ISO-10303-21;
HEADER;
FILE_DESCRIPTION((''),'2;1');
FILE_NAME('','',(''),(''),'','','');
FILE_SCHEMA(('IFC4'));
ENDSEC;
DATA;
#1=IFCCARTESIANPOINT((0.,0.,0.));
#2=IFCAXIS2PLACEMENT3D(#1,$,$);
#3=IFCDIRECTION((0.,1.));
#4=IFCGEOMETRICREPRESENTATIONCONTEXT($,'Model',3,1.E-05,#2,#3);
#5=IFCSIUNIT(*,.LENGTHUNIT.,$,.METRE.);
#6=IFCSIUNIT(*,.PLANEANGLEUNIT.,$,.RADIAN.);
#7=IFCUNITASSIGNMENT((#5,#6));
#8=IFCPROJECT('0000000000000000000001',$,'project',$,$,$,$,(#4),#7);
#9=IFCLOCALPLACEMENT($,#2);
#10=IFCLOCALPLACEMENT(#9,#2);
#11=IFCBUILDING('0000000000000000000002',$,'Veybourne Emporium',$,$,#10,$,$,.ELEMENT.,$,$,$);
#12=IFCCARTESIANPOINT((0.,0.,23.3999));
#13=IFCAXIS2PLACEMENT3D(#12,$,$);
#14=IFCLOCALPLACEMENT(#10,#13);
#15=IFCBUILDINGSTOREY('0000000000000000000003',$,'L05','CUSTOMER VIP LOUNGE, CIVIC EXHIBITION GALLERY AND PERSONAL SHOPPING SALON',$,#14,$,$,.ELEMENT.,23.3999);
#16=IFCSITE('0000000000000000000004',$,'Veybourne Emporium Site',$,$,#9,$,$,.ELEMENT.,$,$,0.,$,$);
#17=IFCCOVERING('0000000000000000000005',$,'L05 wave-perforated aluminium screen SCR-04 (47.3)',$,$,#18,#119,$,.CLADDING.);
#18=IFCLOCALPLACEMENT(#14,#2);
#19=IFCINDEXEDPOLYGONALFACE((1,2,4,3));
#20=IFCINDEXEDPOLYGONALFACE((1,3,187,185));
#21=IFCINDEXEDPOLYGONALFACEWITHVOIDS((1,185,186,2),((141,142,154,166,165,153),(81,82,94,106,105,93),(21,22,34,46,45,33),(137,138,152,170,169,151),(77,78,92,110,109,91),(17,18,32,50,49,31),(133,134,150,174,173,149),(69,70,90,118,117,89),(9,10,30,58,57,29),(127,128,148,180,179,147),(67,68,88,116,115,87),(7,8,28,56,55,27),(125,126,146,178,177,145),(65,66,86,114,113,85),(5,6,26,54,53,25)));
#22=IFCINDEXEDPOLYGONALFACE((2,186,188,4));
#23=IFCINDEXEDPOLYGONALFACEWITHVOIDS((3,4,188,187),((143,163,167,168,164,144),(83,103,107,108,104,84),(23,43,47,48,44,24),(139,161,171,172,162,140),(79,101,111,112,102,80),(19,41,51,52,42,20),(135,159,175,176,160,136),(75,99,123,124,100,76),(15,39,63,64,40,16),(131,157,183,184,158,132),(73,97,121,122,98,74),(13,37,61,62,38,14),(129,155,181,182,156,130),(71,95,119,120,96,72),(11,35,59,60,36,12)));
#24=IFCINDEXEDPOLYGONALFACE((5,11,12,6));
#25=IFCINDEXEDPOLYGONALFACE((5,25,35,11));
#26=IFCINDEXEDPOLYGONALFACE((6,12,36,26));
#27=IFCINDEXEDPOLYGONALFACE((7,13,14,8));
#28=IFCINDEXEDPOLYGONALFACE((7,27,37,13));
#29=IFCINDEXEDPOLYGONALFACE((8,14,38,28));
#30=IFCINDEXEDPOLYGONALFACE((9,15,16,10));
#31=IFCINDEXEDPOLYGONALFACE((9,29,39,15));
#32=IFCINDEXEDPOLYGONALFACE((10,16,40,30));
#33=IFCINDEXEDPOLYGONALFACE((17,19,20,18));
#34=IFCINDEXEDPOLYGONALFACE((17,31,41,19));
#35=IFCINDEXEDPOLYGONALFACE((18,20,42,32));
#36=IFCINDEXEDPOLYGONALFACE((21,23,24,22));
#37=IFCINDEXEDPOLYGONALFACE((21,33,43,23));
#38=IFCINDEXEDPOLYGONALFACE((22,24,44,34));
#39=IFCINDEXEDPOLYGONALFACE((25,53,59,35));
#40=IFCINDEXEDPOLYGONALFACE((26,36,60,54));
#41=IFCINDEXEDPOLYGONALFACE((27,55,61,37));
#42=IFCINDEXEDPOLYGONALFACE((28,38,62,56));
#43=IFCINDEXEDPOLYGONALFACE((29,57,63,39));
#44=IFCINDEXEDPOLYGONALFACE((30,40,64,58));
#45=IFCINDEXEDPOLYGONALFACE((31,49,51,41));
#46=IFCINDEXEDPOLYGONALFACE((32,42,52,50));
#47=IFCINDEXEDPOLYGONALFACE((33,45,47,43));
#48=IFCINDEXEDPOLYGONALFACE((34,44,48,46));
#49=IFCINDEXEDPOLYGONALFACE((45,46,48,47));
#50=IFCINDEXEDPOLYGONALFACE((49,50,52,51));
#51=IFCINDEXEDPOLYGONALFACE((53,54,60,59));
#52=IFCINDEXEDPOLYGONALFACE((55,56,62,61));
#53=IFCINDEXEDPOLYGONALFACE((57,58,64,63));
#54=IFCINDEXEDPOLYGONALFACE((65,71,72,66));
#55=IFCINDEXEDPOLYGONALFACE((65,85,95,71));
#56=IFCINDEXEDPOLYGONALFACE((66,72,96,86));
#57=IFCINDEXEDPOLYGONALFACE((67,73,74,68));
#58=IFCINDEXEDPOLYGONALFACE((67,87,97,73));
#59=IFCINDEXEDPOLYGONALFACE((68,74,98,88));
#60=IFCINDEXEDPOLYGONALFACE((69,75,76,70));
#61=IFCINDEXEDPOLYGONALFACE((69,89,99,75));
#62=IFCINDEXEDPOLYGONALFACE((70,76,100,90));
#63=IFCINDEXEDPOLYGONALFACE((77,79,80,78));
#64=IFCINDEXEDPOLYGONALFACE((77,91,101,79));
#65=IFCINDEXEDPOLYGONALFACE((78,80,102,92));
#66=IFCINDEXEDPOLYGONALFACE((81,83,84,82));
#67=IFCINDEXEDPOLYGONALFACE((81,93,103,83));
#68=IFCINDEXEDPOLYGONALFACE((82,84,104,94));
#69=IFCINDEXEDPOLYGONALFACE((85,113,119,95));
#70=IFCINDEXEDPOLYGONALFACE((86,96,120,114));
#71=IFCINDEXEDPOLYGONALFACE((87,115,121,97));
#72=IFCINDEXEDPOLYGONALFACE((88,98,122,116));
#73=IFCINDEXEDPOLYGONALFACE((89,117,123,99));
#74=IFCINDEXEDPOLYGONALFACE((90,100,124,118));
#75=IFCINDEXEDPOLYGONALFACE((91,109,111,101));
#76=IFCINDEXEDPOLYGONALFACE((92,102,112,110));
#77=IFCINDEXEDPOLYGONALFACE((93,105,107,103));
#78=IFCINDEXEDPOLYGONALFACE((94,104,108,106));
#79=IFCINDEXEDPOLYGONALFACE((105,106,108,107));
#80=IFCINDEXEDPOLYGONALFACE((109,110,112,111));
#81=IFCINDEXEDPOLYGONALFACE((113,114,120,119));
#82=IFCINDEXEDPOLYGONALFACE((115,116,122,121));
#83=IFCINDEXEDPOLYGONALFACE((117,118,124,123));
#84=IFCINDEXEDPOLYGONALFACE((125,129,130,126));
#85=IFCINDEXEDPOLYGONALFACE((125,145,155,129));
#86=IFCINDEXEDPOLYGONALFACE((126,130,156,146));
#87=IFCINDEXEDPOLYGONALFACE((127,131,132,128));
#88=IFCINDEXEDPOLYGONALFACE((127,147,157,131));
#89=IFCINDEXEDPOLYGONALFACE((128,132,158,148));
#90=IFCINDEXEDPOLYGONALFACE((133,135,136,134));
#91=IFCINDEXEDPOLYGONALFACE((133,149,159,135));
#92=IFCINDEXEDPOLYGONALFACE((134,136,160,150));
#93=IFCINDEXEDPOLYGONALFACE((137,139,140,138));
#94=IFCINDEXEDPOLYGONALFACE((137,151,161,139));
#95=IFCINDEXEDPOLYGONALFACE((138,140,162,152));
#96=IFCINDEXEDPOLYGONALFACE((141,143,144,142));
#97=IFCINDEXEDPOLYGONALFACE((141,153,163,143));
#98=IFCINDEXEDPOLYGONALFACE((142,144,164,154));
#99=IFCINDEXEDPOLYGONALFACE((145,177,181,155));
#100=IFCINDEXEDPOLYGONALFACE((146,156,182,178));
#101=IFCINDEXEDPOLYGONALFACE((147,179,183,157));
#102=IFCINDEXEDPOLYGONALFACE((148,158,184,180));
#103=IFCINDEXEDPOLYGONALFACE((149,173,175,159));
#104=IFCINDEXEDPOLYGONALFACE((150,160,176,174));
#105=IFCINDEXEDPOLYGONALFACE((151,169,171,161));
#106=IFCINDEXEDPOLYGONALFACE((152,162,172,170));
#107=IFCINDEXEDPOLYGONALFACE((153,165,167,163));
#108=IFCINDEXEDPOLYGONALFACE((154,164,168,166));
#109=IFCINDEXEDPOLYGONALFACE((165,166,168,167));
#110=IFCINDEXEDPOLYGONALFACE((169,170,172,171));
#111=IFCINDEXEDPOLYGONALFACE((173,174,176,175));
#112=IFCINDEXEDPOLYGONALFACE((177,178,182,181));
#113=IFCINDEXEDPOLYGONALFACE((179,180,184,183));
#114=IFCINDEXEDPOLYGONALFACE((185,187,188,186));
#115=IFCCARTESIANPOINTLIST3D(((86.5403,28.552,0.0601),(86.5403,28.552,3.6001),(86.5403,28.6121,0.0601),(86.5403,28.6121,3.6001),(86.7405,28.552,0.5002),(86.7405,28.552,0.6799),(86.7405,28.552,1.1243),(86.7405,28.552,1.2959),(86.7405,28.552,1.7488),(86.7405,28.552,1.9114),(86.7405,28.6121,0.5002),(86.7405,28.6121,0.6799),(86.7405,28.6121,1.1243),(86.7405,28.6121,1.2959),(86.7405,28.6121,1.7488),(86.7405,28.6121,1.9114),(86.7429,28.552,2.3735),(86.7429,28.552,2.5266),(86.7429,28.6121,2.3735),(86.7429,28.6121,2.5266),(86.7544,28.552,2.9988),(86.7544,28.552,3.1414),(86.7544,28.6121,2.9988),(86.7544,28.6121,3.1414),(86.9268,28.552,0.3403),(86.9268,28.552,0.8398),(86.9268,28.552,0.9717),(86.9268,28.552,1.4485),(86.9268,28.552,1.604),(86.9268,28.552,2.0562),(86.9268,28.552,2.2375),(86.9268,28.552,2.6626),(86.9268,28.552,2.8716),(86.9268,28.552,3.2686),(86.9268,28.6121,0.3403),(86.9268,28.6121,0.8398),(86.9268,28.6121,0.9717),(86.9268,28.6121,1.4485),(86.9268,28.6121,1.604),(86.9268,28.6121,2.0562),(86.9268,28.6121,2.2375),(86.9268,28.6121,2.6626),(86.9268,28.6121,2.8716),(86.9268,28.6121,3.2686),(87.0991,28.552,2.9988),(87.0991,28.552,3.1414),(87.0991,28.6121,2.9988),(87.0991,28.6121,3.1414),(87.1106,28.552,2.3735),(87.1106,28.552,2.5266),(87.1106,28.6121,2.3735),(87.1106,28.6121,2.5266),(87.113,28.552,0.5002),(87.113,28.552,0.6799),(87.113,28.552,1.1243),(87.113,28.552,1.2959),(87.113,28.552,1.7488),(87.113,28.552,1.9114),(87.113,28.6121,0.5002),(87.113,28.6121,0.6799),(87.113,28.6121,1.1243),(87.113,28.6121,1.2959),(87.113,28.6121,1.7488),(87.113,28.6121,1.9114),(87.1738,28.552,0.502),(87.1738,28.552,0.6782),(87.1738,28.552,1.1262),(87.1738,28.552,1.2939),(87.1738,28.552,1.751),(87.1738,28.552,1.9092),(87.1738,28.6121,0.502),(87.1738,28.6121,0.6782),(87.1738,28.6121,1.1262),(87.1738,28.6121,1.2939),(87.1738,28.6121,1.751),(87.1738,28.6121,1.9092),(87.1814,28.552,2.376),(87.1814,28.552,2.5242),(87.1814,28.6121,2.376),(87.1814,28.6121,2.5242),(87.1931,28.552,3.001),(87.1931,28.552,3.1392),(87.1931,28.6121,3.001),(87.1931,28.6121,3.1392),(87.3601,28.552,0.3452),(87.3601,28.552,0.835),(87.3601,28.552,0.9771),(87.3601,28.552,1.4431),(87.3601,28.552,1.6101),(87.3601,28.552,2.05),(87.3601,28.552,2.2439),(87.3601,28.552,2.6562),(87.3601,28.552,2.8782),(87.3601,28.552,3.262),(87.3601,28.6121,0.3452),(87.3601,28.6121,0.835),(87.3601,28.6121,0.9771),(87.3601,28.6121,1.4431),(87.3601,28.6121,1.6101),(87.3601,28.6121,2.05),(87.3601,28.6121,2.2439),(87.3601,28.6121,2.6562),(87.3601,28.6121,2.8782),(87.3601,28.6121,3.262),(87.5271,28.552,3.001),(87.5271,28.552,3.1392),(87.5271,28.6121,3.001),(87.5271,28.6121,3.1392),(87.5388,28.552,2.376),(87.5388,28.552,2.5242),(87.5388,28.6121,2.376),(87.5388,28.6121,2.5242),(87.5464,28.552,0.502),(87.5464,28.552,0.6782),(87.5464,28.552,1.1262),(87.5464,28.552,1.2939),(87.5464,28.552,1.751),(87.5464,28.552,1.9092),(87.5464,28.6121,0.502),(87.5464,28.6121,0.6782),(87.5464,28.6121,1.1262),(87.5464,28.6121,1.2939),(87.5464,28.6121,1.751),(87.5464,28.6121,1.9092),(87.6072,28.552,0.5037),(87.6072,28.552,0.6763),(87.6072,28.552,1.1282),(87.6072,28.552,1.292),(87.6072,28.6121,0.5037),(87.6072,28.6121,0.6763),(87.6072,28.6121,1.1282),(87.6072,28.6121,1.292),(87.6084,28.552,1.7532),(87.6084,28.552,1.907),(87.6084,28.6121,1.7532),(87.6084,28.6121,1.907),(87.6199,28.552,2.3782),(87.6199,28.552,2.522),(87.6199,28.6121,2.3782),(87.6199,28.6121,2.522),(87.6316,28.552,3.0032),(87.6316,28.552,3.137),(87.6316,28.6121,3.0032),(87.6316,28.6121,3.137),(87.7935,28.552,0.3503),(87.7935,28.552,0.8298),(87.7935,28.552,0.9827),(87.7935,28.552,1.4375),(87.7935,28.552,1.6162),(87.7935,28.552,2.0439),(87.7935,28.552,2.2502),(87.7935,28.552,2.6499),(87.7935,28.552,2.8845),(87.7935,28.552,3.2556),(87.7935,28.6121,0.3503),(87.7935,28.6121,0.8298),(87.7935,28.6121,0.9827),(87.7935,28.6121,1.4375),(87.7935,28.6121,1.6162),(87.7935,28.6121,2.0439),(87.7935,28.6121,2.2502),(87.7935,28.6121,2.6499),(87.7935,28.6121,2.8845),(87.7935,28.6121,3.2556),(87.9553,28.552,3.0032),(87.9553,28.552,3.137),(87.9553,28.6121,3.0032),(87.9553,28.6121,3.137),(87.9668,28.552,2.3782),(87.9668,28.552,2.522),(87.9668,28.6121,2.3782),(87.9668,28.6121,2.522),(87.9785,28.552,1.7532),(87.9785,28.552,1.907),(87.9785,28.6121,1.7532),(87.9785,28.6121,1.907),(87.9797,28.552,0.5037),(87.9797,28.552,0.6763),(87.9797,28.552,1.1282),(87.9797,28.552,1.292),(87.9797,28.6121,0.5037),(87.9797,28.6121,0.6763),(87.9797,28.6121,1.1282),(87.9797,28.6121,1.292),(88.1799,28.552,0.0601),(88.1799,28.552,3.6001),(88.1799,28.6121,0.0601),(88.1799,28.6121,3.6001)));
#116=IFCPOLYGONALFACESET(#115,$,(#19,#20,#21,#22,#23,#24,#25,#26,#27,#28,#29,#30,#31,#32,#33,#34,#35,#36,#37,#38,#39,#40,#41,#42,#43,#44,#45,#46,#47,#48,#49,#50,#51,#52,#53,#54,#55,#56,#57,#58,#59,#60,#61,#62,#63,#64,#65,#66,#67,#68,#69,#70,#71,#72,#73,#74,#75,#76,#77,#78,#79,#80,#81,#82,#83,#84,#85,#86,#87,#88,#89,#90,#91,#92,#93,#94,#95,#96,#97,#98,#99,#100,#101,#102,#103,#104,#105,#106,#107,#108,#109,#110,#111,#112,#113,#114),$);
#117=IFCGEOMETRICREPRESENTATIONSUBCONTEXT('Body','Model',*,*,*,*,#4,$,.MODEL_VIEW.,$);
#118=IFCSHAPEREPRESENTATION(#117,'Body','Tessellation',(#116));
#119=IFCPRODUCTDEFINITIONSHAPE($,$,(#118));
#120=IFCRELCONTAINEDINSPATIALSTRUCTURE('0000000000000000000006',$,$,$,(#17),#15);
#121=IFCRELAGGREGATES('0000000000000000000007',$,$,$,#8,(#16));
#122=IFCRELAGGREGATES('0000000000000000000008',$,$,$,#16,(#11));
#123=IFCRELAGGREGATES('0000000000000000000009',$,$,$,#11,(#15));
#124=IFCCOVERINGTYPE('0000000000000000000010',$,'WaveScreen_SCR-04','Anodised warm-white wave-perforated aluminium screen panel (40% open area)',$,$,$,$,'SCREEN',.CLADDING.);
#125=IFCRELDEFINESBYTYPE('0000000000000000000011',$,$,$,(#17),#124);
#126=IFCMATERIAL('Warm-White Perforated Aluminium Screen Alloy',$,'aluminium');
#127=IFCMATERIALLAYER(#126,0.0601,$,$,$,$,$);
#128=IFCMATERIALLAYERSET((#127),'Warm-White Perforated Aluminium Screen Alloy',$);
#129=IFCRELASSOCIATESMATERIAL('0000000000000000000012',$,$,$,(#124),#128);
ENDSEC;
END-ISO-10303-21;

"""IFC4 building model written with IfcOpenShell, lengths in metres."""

from ifc_helpers import new_model, si_unit, direction, frame, origin, place, context, subcontext, project, spatial, polyline, outline, extrude, material, layer, layer_set, type_object, element, save


model = new_model("IFC4")

# Units and contexts
model_context = context("Model", 3, precision=1e-05, world=origin(), true_north=direction((0.0, 1.0)))
body_context = subcontext(model_context, "Body", "Model", "MODEL_VIEW")
ifc_project = project(units=[si_unit("LENGTHUNIT", "METRE"), si_unit("PLANEANGLEUNIT", "RADIAN")], contexts=[model_context])

# Site, building, storey
site_placement = place(None, origin())
site = spatial("IfcSite", under=ifc_project, at=site_placement, Name="Veybourne Emporium Site", CompositionType="ELEMENT", RefElevation=0.0)
building_placement = place(site_placement, origin())
building = spatial("IfcBuilding", under=site, at=building_placement, Name="Veybourne Emporium", CompositionType="ELEMENT")
storey_placement = place(building_placement, frame((0.0, 0.0, 23.3999)))
storey = spatial("IfcBuildingStorey", under=building, at=storey_placement, Name="L05", Description="CUSTOMER VIP LOUNGE, CIVIC EXHIBITION GALLERY AND PERSONAL SHOPPING SALON", CompositionType="ELEMENT", Elevation=23.3999)

# Covering
ifc_material_1 = material(Name="Warm-White Perforated Aluminium Screen Alloy", Category="aluminium")
ifc_layer_1 = layer(ifc_material_1, 0.0601)
ifc_layer_set_1 = layer_set([ifc_layer_1], Name="Warm-White Perforated Aluminium Screen Alloy")
covering_type_1 = type_object("IfcCoveringType", Name="WaveScreen_SCR-04", Description="Anodised warm-white wave-perforated aluminium screen panel (40% open area)", ElementType="SCREEN", PredefinedType="CLADDING", material=ifc_layer_set_1)
covering_1_placement = place(storey_placement, frame((87.3601, 28.552, 1.8301), z_axis=(0.0, 1.0, 0.0), x_axis=(-1.0, 0.0, 0.0)))
element("IfcCovering", 1, at=covering_1_placement, inside=storey, type_object=covering_type_1, Name="L05 wave-perforated aluminium screen SCR-04 (47.3)", PredefinedType="CLADDING", context=body_context, shape_type="SweptSolid", body=[
    extrude(outline(polyline([(-0.8198, -1.77), (0.8198, -1.77), (0.8198, 1.77), (-0.8198, 1.77), (-0.8198, -1.77)]), holes=[polyline([(-0.4333, -1.0002), (-0.2471, -1.1538), (-0.2471, -1.3264), (-0.4333, -1.4797), (-0.6196, -1.3264), (-0.6196, -1.1538), (-0.4333, -1.0002)]), polyline([(-0.4333, -0.3926), (-0.2471, -0.5381), (-0.2471, -0.7019), (-0.4333, -0.8474), (-0.6196, -0.7019), (-0.6196, -0.5381), (-0.4333, -0.3926)]), polyline([(-0.4333, 0.2139), (-0.2483, 0.0769), (-0.2483, -0.0769), (-0.4333, -0.2139), (-0.6184, -0.0769), (-0.6184, 0.0769), (-0.4333, 0.2139)]), polyline([(-0.4333, 0.8198), (-0.2598, 0.6919), (-0.2598, 0.5481), (-0.4333, 0.4202), (-0.6067, 0.5481), (-0.6067, 0.6919), (-0.4333, 0.8198)]), polyline([(-0.4333, 1.4255), (-0.2715, 1.3069), (-0.2715, 1.1731), (-0.4333, 1.0544), (-0.5952, 1.1731), (-0.5952, 1.3069), (-0.4333, 1.4255)]), polyline([(0.0, -0.9951), (0.1863, -1.1519), (0.1863, -1.3281), (0.0, -1.4849), (-0.1863, -1.3281), (-0.1863, -1.1519), (0.0, -0.9951)]), polyline([(0.0, -0.387), (0.1863, -0.5361), (0.1863, -0.7039), (0.0, -0.853), (-0.1863, -0.7039), (-0.1863, -0.5361), (0.0, -0.387)]), polyline([(0.0, 0.22), (0.1863, 0.0791), (0.1863, -0.0791), (0.0, -0.22), (-0.1863, -0.0791), (-0.1863, 0.0791), (0.0, 0.22)]), polyline([(0.0, 0.8262), (0.1787, 0.6941), (0.1787, 0.5459), (0.0, 0.4138), (-0.1787, 0.5459), (-0.1787, 0.6941), (0.0, 0.8262)]), polyline([(0.0, 1.4319), (0.167, 1.3091), (0.167, 1.1709), (0.0, 1.0481), (-0.167, 1.1709), (-0.167, 1.3091), (0.0, 1.4319)]), polyline([(0.4333, -0.9902), (0.6196, -1.1501), (0.6196, -1.3298), (0.4333, -1.4897), (0.2471, -1.3298), (0.2471, -1.1501), (0.4333, -0.9902)]), polyline([(0.4333, -0.3816), (0.6196, -0.5342), (0.6196, -0.7058), (0.4333, -0.8584), (0.2471, -0.7058), (0.2471, -0.5342), (0.4333, -0.3816)]), polyline([(0.4333, 0.2261), (0.6196, 0.0813), (0.6196, -0.0813), (0.4333, -0.2261), (0.2471, -0.0813), (0.2471, 0.0813), (0.4333, 0.2261)]), polyline([(0.4333, 0.8325), (0.6172, 0.6965), (0.6172, 0.5435), (0.4333, 0.4075), (0.2495, 0.5435), (0.2495, 0.6965), (0.4333, 0.8325)]), polyline([(0.4333, 1.4385), (0.6057, 1.3113), (0.6057, 1.1687), (0.4333, 1.0415), (0.261, 1.1687), (0.261, 1.3113), (0.4333, 1.4385)])]), origin(), (0.0, 0.0, 1.0), 0.0601),
])

save(model, "model.ifc")
